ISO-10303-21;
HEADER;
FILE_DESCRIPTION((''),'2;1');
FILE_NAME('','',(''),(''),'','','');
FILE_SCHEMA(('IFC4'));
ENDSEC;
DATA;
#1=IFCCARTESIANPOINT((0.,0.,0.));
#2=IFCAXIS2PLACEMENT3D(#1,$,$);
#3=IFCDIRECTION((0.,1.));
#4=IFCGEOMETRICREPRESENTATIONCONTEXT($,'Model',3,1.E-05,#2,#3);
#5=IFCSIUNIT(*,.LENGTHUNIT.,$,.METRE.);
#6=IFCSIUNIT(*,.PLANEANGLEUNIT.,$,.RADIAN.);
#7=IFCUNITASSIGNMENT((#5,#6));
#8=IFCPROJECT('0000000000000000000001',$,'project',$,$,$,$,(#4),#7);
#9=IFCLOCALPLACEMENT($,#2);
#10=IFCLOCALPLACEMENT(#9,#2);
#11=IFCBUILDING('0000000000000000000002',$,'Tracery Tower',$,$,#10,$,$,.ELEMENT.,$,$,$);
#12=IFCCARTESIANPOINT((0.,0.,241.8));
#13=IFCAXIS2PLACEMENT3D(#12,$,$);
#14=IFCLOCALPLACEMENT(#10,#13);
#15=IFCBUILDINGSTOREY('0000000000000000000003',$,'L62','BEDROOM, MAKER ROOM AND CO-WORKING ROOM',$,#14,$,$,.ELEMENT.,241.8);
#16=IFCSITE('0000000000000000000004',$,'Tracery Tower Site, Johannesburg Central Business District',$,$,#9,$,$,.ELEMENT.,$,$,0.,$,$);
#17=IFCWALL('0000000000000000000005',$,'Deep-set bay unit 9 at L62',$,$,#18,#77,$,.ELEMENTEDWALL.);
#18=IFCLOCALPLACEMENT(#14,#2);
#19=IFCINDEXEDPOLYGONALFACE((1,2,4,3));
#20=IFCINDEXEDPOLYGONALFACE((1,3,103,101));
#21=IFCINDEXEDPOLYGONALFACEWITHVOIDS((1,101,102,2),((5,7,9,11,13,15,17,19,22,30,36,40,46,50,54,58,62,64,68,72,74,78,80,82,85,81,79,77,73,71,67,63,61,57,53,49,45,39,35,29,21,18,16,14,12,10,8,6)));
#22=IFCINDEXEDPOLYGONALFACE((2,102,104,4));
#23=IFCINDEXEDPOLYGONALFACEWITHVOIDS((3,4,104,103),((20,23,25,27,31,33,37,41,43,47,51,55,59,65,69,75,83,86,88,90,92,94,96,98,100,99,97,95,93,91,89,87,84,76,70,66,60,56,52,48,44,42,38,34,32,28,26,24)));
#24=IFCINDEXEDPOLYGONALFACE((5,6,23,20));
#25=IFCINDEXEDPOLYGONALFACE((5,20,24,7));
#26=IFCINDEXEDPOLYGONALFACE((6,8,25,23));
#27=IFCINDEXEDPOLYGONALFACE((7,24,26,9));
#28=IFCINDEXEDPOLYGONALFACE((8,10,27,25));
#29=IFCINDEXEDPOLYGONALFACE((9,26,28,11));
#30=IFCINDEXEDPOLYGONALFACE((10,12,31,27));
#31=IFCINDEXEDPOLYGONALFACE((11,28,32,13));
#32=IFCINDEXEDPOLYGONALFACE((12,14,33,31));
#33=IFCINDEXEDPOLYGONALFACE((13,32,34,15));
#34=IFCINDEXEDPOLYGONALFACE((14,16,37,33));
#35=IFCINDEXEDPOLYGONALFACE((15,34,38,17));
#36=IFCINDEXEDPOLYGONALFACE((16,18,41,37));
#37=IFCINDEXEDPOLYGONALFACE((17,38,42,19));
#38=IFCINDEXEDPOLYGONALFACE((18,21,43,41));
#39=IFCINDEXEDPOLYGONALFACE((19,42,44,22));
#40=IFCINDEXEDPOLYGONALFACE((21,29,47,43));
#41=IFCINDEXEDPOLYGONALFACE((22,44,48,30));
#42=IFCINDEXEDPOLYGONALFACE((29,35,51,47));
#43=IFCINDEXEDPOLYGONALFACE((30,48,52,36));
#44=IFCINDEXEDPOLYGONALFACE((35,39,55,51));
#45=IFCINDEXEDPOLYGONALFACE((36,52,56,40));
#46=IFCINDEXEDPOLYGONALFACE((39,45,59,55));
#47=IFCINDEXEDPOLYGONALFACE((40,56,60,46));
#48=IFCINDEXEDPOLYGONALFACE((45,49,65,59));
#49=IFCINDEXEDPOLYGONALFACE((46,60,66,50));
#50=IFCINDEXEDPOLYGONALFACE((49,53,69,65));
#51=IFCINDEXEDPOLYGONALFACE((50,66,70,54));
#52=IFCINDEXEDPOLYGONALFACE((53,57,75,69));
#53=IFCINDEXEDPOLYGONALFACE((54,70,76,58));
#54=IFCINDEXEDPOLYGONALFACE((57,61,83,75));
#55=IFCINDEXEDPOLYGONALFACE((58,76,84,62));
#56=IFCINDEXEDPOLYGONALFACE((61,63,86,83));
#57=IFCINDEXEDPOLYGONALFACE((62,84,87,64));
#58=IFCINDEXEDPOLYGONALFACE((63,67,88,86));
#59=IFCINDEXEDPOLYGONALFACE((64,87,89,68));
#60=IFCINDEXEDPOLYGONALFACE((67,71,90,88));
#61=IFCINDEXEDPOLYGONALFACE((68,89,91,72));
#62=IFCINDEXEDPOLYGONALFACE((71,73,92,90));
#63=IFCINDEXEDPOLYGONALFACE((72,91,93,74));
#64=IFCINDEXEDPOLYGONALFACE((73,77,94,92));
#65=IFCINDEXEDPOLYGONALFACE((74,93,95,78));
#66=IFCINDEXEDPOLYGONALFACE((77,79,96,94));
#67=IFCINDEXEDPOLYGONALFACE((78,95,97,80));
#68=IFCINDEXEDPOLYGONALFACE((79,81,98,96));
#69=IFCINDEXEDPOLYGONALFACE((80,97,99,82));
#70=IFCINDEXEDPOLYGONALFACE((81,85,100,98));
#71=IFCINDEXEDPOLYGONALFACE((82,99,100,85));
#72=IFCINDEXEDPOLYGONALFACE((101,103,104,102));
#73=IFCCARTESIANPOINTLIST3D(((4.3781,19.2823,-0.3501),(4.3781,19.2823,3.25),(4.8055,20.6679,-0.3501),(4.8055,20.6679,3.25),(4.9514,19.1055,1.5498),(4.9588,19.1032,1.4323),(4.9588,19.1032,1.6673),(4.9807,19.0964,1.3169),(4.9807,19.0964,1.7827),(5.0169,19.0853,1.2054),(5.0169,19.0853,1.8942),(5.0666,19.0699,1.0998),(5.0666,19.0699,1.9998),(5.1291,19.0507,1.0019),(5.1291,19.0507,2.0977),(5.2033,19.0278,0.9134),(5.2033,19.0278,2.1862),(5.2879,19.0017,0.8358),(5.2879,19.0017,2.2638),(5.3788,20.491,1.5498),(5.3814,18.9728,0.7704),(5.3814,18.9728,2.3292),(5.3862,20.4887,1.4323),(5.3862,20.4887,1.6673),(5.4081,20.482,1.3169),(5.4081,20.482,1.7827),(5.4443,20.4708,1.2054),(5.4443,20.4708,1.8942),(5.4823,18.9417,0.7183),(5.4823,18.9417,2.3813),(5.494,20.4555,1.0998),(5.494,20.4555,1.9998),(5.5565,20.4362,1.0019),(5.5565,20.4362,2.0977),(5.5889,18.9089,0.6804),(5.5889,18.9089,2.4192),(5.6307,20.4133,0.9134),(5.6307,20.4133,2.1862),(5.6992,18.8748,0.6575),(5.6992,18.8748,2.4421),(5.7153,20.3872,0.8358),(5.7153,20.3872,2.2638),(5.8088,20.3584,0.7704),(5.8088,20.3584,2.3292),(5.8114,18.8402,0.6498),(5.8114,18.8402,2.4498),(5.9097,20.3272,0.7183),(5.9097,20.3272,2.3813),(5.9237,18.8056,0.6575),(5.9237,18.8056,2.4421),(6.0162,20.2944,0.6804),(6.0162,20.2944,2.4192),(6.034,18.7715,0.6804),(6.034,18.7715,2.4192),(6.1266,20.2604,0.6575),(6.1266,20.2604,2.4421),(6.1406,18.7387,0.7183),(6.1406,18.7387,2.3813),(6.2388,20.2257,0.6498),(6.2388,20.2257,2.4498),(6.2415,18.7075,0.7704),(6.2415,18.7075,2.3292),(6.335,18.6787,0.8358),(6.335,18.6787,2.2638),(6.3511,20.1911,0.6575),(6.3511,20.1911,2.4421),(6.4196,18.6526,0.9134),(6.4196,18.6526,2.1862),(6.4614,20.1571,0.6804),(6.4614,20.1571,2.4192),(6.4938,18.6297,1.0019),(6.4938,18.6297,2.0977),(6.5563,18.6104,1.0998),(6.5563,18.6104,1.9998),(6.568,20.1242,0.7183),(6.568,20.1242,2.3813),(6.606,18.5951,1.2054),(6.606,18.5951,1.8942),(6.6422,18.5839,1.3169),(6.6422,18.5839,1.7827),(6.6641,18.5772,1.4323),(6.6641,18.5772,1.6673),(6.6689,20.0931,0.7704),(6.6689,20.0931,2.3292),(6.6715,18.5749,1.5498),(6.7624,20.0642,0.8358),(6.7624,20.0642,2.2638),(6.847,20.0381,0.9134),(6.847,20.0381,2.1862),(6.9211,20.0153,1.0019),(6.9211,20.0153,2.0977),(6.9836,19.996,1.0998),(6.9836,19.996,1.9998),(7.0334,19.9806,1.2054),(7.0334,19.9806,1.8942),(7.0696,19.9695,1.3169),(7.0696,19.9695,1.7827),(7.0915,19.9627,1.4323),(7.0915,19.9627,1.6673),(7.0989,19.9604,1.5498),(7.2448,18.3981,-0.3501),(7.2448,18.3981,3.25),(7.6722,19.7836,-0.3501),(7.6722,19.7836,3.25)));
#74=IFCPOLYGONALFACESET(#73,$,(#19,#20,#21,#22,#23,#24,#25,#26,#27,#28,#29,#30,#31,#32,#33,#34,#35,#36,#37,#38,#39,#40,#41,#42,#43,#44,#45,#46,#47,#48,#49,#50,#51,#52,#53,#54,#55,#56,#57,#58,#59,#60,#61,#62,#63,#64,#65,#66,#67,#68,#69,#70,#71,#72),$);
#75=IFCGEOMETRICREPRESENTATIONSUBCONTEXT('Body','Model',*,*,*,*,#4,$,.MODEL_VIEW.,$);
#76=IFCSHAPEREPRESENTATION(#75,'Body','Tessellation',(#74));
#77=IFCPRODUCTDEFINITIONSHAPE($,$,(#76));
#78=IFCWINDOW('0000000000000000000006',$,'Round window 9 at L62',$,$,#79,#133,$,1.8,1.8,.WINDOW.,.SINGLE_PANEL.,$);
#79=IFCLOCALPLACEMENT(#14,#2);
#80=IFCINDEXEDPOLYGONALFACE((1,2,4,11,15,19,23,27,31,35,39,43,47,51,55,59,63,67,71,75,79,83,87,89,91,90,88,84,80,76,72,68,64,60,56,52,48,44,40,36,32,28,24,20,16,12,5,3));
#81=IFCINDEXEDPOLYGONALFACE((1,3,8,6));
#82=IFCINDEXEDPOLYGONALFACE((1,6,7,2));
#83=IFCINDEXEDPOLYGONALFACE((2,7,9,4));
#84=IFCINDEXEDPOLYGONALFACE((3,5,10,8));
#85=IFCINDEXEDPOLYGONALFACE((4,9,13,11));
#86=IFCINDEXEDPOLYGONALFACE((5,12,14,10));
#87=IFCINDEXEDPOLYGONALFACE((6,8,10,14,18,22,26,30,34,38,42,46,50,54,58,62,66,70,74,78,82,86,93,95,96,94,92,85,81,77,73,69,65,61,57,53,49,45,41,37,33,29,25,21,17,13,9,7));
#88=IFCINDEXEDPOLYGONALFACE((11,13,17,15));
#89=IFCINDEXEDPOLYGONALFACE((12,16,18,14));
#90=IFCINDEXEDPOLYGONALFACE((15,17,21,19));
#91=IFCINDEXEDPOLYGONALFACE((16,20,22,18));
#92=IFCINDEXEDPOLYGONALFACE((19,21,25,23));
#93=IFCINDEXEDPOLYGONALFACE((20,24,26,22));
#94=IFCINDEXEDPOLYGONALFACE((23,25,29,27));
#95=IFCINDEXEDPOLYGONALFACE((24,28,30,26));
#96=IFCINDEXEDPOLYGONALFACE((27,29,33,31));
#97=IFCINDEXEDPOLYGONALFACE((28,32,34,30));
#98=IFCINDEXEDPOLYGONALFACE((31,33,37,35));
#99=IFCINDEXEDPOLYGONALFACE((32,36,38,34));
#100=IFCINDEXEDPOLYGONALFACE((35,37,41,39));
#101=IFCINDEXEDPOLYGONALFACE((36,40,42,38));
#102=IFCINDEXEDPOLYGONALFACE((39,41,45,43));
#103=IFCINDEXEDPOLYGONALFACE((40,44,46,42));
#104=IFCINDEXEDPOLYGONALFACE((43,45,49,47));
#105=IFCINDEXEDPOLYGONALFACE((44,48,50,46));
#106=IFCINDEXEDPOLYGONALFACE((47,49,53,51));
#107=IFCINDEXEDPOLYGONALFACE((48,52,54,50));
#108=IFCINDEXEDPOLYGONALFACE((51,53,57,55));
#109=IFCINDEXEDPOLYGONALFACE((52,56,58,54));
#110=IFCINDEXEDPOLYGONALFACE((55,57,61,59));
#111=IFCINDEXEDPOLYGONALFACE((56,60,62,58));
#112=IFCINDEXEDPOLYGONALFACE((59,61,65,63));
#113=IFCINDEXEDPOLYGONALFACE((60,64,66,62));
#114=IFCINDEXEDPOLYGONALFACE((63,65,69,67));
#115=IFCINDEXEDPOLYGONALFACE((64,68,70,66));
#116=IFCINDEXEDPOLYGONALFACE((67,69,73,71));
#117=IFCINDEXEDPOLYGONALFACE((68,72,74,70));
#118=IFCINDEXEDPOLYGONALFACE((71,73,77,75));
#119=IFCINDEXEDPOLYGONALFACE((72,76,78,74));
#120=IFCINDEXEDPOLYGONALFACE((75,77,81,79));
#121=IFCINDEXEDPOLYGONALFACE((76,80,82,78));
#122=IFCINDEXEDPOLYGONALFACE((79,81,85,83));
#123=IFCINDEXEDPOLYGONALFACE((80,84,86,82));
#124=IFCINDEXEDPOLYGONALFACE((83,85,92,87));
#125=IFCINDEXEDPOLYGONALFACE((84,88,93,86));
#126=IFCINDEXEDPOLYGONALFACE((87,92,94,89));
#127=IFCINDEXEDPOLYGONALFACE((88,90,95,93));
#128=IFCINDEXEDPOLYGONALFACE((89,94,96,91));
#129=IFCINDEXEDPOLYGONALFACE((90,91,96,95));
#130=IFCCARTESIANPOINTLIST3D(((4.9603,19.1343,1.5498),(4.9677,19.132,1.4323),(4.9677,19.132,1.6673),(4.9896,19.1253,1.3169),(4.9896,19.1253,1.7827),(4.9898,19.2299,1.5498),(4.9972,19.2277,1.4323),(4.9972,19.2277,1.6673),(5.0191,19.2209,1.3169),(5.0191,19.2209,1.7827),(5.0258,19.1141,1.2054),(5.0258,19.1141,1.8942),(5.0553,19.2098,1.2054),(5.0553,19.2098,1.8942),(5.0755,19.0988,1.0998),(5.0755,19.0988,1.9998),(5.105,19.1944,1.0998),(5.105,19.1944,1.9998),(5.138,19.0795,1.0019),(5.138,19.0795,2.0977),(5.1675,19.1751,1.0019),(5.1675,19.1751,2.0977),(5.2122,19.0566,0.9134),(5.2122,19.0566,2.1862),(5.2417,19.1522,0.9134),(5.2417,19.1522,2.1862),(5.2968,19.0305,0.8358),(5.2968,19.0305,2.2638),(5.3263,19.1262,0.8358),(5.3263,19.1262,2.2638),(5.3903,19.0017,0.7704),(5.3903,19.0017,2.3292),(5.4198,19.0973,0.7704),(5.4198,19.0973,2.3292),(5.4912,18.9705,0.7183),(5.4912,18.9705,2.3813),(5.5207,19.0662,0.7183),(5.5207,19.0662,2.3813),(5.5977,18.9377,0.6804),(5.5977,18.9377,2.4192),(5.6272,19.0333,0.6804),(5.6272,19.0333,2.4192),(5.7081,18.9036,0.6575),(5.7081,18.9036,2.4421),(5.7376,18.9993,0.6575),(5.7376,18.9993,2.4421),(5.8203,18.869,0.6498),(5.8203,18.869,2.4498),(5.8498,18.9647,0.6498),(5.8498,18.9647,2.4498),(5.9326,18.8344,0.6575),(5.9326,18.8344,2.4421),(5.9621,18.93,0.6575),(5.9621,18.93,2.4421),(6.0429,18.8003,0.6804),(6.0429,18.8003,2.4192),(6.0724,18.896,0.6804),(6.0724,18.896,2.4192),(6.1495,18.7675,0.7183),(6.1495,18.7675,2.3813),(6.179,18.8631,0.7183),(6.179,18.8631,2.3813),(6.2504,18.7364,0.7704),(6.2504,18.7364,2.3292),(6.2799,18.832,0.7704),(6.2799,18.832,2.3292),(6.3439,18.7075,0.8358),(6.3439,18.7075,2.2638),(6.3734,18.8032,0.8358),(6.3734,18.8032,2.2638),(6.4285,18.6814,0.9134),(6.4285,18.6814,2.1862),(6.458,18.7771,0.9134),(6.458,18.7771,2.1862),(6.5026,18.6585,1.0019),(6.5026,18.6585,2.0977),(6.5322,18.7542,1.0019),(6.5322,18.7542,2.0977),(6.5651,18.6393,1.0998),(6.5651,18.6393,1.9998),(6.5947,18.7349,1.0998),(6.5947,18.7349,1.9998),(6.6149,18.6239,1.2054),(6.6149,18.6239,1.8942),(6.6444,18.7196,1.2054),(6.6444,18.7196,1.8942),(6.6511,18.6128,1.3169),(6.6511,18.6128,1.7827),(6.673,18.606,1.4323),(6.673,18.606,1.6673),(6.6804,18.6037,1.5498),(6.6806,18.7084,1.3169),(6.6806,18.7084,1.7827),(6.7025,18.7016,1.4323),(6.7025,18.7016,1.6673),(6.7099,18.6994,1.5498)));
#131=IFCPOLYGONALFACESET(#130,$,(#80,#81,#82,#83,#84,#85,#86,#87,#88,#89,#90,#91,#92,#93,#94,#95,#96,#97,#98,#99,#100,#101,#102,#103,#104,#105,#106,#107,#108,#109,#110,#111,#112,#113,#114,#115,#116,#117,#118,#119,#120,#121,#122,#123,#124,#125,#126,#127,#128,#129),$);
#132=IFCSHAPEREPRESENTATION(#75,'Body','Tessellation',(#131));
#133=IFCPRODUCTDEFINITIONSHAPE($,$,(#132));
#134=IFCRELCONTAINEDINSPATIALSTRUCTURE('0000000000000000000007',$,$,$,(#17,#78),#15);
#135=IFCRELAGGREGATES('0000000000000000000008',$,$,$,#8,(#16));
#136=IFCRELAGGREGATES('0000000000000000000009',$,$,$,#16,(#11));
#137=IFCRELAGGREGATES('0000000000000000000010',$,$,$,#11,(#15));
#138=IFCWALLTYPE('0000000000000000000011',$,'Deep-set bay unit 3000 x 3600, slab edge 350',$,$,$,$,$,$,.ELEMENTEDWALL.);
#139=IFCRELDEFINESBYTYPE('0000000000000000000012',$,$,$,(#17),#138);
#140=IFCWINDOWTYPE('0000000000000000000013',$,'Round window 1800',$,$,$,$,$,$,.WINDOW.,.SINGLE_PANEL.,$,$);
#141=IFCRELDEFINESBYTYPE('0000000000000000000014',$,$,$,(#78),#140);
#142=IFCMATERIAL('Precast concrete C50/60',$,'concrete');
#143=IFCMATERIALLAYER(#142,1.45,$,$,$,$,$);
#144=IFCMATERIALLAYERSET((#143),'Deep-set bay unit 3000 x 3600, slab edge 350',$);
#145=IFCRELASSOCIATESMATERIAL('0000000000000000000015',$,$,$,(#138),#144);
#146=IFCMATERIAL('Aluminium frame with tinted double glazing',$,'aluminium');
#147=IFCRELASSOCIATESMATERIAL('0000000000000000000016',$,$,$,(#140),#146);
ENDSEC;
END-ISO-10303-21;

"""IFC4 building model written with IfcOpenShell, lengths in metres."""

from ifc_helpers import new_model, si_unit, direction, frame, frame_2d, origin, origin_2d, place, context, subcontext, project, spatial, rectangle, circle, extrude, material, layer, layer_set, type_object, element, fill, save


model = new_model("IFC4")

# Units and contexts
model_context = context("Model", 3, precision=1e-05, world=origin(), true_north=direction((0.0, 1.0)))
body_context = subcontext(model_context, "Body", "Model", "MODEL_VIEW")
ifc_project = project(units=[si_unit("LENGTHUNIT", "METRE"), si_unit("PLANEANGLEUNIT", "RADIAN")], contexts=[model_context])

# Site, building, storey
site_placement = place(None, origin())
site = spatial("IfcSite", under=ifc_project, at=site_placement, Name="Tracery Tower Site, Johannesburg Central Business District", CompositionType="ELEMENT", RefElevation=0.0)
building_placement = place(site_placement, origin())
building = spatial("IfcBuilding", under=site, at=building_placement, Name="Tracery Tower", CompositionType="ELEMENT")
storey_placement = place(building_placement, frame((0.0, 0.0, 241.8)))
storey = spatial("IfcBuildingStorey", under=building, at=storey_placement, Name="L62", Description="BEDROOM, MAKER ROOM AND CO-WORKING ROOM", CompositionType="ELEMENT", Elevation=241.8)

# Wall, opening, window
ifc_material_1 = material(Name="Precast concrete C50/60", Category="concrete")
ifc_layer_1 = layer(ifc_material_1, 1.45)
ifc_layer_set_1 = layer_set([ifc_layer_1], Name="Deep-set bay unit 3000 x 3600, slab edge 350")
wall_type_1 = type_object("IfcWallType", Name="Deep-set bay unit 3000 x 3600, slab edge 350", PredefinedType="ELEMENTEDWALL", material=ifc_layer_set_1)
ifc_material_2 = material(Name="Aluminium frame with tinted double glazing", Category="aluminium")
window_type = type_object("IfcWindowType", Name="Round window 1800", PartitioningType="SINGLE_PANEL", PredefinedType="WINDOW", material=ifc_material_2)
wall_1_placement = place(storey_placement, frame((7.4585, 19.0908, -0.3501), z_axis=(0.0, 0.0, 1.0), x_axis=(-0.955571, 0.294761, 0.0)))
wall_1 = element("IfcWall", 1, at=wall_1_placement, inside=storey, type_object=wall_type_1, Name="Deep-set bay unit 9 at L62", PredefinedType="ELEMENTEDWALL", context=body_context, shape_type="SweptSolid", body=[
    extrude(rectangle(XDim=3.0, YDim=1.45, at=frame_2d((1.5, 0.0))), origin(), (0.0, 0.0, 1.0), 3.6001),
])
opening_1_placement = place(wall_1_placement, frame((1.5, 0.0, 1.8999)))
opening_1 = element("IfcOpeningElement", 2, at=opening_1_placement, cuts=wall_1, PredefinedType="OPENING", context=body_context, shape_type="SweptSolid", body=[
    extrude(circle(Radius=0.9, at=origin_2d()), frame((0.0, 0.7349, 0.0), z_axis=(0.0, -1.0, 0.0), x_axis=(1.0, 0.0, 0.0)), (0.0, 0.0, 1.0), 1.47),
])
window_1_placement = place(opening_1_placement, origin())
window_1 = element("IfcWindow", 3, at=window_1_placement, inside=storey, type_object=window_type, Name="Round window 9 at L62", OverallHeight=1.8, OverallWidth=1.8, PartitioningType="SINGLE_PANEL", PredefinedType="WINDOW", context=body_context, shape_type="SweptSolid", body=[
    extrude(circle(Radius=0.9, at=origin_2d()), frame((0.0, 0.6948, 0.0), z_axis=(0.0, -1.0, 0.0), x_axis=(1.0, 0.0, 0.0)), (0.0, 0.0, 1.0), 0.1001),
])
fill(opening_1, window_1)

save(model, "model.ifc")
